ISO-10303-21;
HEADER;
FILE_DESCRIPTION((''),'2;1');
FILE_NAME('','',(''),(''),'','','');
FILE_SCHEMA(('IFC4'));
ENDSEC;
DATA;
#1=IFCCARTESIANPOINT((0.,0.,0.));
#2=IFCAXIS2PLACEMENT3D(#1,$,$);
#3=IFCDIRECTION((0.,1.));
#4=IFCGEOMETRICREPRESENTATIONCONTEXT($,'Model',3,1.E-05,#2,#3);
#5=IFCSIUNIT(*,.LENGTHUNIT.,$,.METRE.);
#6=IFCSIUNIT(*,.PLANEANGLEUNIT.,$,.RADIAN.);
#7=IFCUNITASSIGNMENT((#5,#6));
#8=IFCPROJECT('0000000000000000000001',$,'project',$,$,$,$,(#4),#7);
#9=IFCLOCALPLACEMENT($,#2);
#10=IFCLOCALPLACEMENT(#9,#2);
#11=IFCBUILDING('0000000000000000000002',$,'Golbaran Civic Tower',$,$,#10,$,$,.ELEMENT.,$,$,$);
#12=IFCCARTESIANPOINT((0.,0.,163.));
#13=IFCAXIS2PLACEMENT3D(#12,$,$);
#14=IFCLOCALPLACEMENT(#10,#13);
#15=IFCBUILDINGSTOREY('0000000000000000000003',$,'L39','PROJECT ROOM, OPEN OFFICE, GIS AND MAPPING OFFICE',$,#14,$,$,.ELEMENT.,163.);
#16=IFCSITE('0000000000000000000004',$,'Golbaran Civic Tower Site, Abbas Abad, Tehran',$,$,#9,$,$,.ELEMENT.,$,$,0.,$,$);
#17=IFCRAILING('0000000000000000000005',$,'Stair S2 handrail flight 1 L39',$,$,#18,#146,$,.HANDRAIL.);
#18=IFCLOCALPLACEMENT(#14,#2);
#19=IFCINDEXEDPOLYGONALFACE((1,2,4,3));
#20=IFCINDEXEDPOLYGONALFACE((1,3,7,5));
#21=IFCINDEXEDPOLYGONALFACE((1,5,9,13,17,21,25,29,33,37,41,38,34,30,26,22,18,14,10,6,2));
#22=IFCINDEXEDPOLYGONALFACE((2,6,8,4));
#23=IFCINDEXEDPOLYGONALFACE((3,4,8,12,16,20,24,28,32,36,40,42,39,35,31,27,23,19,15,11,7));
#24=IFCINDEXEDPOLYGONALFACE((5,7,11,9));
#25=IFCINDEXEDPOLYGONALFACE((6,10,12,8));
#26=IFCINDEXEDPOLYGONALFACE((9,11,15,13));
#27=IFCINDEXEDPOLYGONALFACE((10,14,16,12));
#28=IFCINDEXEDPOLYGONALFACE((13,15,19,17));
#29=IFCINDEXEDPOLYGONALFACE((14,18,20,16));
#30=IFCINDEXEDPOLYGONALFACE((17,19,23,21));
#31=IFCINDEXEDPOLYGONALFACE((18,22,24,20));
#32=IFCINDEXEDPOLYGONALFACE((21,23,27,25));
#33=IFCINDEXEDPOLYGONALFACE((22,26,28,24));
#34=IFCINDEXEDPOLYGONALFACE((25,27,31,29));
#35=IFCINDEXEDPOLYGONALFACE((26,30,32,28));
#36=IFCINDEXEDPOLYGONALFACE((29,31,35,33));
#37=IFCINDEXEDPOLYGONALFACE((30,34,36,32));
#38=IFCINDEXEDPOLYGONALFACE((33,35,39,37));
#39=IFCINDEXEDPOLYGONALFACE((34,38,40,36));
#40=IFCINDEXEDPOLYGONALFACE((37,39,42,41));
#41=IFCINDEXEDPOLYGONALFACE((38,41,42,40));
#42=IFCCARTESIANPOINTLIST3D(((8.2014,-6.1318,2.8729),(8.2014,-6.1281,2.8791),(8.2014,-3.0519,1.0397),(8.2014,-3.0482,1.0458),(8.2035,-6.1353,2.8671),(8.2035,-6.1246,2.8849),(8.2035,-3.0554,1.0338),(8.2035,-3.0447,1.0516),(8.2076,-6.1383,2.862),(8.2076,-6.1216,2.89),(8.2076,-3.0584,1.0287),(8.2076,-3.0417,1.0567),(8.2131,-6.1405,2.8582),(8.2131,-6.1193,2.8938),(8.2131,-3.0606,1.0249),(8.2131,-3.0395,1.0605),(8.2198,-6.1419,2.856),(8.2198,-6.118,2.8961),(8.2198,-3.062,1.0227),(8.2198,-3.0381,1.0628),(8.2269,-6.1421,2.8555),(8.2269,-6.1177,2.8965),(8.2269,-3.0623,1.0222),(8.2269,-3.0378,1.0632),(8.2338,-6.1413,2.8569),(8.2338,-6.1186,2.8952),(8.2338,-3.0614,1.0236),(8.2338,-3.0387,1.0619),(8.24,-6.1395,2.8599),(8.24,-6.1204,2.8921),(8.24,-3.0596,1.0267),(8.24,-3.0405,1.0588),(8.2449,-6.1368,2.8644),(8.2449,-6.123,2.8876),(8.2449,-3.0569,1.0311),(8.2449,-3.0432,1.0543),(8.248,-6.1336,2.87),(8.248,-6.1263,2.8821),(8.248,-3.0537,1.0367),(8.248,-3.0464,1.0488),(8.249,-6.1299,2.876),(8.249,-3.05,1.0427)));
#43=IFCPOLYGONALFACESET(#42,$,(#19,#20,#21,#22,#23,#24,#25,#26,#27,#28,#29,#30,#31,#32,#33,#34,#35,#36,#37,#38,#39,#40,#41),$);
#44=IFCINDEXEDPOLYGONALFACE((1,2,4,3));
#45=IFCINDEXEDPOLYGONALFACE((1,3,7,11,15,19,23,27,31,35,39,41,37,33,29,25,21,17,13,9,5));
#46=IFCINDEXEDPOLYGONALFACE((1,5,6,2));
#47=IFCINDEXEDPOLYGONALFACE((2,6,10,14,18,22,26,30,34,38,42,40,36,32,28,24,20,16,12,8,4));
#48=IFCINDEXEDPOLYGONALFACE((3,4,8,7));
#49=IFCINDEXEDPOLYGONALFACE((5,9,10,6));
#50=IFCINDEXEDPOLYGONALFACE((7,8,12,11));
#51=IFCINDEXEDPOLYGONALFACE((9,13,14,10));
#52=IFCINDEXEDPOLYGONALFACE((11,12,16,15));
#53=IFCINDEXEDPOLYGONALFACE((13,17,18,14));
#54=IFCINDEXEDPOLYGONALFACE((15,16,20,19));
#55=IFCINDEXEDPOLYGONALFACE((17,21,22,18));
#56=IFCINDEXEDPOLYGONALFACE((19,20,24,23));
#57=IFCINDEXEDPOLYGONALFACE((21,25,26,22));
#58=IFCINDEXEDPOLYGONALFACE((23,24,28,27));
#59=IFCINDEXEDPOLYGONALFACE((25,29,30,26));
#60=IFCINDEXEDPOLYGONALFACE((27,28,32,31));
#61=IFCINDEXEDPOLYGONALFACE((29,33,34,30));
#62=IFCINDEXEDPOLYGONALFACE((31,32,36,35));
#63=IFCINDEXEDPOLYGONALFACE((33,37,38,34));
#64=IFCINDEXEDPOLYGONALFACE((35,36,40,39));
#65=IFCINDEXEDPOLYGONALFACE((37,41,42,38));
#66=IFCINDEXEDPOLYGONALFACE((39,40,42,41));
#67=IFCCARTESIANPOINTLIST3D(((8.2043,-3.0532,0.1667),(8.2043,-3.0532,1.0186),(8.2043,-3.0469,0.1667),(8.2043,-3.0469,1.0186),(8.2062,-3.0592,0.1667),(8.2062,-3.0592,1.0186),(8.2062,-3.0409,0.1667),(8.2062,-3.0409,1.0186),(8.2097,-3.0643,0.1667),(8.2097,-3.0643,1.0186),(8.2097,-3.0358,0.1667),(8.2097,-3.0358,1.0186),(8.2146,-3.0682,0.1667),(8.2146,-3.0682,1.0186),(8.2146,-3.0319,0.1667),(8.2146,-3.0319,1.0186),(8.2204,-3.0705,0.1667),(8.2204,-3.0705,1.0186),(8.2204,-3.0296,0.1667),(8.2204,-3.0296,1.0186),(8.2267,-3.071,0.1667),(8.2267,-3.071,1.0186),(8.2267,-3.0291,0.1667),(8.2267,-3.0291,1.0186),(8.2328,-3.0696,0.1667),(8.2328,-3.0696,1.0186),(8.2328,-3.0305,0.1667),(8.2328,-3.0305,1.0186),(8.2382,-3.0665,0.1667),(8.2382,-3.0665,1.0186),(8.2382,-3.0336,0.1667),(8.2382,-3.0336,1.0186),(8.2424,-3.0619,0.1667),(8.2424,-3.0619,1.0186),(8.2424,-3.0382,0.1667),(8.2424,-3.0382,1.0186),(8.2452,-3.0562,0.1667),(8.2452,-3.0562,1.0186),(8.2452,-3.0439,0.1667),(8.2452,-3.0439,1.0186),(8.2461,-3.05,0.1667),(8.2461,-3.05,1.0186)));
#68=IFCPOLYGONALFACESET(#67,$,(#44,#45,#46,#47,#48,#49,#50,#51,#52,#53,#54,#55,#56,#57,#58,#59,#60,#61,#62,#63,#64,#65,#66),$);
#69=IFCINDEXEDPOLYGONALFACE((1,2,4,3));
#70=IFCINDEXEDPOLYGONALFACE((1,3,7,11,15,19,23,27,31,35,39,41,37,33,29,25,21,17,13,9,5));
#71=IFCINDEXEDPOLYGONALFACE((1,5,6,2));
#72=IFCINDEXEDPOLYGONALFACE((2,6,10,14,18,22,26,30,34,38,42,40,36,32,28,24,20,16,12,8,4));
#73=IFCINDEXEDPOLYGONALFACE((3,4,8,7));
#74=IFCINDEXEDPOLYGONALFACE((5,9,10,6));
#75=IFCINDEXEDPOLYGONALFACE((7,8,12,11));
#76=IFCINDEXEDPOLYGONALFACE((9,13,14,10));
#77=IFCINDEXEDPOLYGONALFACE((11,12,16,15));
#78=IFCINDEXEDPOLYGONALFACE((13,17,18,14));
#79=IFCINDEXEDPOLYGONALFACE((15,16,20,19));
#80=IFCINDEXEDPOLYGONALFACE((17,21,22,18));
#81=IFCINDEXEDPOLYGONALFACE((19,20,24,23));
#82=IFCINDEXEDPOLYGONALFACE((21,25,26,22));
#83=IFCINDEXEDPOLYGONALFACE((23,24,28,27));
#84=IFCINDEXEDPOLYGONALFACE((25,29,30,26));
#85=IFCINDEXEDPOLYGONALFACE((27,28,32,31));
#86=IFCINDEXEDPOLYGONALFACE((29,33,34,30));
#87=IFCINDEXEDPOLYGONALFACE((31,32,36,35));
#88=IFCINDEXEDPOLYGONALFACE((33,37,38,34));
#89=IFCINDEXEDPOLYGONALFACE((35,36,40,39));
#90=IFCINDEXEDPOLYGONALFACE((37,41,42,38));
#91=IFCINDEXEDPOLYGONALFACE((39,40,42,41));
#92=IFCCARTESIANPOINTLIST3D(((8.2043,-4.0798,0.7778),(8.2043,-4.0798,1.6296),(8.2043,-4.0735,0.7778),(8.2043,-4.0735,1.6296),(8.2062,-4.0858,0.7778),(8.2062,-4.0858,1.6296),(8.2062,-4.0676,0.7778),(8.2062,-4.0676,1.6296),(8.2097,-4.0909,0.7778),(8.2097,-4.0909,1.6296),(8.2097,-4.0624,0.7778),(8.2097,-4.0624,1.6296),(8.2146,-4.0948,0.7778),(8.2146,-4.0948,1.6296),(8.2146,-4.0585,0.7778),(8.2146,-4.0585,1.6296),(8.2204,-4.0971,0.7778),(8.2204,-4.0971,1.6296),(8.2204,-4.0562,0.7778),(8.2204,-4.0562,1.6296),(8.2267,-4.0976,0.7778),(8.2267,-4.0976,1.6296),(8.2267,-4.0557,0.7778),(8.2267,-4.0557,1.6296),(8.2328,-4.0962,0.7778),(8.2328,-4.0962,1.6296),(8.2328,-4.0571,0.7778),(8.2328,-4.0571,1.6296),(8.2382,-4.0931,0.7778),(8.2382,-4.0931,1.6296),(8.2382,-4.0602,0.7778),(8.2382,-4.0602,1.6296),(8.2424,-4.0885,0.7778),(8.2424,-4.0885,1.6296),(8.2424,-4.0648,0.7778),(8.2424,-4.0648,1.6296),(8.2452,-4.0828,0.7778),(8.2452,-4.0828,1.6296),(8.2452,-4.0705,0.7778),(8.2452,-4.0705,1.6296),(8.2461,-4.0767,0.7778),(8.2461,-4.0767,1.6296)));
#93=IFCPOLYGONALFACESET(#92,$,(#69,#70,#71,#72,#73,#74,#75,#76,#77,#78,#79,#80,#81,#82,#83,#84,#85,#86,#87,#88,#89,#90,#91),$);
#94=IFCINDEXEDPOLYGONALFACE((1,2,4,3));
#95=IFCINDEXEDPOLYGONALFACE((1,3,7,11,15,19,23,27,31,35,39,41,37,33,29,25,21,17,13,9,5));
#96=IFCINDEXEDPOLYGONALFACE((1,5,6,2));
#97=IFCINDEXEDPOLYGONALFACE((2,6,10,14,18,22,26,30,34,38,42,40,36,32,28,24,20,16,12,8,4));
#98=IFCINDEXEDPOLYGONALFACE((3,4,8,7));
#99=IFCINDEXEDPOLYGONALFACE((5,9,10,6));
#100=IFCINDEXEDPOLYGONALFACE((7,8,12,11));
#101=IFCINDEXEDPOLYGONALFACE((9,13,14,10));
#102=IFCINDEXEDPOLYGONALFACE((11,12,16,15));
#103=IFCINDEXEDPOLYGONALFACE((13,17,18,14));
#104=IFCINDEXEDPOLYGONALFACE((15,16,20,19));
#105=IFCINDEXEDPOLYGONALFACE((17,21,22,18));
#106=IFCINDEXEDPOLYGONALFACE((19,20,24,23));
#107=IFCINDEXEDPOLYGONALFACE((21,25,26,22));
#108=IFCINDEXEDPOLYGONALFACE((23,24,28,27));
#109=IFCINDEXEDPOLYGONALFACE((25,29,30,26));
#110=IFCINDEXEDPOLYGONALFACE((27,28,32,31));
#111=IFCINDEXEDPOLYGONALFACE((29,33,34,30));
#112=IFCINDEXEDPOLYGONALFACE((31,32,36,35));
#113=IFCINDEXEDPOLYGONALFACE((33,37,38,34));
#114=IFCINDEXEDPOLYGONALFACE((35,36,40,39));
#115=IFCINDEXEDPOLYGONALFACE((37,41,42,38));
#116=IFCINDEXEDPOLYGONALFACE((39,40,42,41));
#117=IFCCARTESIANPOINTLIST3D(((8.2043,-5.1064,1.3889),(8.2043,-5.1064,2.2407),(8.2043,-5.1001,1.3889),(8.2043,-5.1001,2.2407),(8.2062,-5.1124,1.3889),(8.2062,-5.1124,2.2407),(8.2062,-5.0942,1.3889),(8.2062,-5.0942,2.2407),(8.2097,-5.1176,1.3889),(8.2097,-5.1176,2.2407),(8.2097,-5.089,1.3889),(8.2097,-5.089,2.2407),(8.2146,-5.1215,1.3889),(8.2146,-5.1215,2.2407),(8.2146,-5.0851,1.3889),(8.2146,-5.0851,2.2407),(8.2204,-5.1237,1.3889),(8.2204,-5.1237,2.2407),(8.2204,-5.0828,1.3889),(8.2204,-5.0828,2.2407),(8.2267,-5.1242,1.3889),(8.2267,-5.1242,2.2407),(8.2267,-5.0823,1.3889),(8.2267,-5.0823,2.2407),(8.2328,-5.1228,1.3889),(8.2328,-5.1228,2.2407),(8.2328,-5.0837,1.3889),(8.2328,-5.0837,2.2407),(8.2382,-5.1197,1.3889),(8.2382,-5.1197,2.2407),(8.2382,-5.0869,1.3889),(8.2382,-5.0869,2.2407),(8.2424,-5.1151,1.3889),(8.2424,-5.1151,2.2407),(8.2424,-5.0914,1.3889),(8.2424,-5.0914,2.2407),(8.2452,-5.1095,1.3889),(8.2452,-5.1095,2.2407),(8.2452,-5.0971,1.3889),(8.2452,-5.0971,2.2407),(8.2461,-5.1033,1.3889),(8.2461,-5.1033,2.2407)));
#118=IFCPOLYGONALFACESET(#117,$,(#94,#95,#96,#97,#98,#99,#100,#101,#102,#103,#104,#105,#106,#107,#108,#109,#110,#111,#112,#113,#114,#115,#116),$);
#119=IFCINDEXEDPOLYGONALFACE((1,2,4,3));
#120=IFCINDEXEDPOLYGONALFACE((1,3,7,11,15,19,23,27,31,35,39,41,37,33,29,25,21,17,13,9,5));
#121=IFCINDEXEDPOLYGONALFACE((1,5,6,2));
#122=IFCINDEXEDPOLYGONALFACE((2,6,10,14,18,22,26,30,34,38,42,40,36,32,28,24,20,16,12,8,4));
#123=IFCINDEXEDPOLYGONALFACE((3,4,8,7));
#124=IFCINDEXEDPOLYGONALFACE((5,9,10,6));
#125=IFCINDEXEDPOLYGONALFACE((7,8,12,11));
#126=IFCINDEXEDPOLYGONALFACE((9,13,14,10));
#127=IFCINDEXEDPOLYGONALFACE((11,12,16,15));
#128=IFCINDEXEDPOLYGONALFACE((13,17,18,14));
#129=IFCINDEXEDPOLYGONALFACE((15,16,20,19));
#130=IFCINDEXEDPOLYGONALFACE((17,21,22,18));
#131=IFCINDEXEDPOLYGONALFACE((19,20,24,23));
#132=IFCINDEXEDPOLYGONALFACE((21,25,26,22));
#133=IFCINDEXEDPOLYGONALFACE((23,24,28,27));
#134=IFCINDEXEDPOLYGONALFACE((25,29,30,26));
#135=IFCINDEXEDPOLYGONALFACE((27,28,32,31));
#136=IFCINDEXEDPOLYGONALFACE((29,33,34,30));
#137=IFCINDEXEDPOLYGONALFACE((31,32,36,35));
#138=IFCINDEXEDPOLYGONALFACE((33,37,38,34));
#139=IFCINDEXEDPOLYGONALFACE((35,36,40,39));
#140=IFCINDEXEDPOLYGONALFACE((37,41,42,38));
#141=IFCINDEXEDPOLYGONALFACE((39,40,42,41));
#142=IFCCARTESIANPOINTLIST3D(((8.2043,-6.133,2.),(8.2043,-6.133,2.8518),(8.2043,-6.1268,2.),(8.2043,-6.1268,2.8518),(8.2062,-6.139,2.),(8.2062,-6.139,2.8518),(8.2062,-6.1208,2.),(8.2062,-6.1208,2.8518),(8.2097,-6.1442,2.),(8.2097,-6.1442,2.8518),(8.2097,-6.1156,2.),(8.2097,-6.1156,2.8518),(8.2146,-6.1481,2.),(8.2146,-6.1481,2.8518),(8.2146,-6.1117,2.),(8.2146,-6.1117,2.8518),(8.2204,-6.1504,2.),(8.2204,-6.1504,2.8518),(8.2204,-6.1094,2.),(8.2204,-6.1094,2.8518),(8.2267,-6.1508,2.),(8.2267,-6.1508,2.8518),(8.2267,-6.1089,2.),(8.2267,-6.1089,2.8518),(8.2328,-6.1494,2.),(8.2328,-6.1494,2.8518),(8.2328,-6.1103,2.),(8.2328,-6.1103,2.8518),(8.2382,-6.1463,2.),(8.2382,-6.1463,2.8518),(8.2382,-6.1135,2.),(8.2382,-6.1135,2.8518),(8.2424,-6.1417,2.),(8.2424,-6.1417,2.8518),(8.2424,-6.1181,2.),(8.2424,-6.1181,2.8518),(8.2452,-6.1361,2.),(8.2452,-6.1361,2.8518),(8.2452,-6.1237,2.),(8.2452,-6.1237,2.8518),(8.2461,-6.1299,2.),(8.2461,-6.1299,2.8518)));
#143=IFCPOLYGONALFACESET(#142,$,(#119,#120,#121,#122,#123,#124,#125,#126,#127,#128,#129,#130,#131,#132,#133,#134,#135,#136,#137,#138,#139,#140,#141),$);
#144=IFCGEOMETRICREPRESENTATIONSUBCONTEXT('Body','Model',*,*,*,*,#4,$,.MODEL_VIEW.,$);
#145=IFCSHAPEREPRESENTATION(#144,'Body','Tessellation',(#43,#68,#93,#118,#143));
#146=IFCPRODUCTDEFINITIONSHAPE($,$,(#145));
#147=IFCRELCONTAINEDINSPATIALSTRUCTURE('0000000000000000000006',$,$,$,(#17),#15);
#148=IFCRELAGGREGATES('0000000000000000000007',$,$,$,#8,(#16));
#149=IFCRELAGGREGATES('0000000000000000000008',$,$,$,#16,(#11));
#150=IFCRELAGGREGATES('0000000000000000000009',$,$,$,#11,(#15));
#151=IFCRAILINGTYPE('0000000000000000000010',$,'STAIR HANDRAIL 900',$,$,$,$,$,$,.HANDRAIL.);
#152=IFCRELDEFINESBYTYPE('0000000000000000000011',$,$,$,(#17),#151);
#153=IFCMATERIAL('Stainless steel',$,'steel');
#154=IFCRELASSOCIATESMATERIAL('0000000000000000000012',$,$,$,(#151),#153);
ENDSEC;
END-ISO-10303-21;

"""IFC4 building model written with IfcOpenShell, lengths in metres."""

from ifc_helpers import new_model, si_unit, direction, frame, origin, origin_2d, place, context, subcontext, project, spatial, circle, extrude, material, type_object, element, save


model = new_model("IFC4")

# Units and contexts
model_context = context("Model", 3, precision=1e-05, world=origin(), true_north=direction((0.0, 1.0)))
body_context = subcontext(model_context, "Body", "Model", "MODEL_VIEW")
ifc_project = project(units=[si_unit("LENGTHUNIT", "METRE"), si_unit("PLANEANGLEUNIT", "RADIAN")], contexts=[model_context])

# Site, building, storey
site_placement = place(None, origin())
site = spatial("IfcSite", under=ifc_project, at=site_placement, Name="Golbaran Civic Tower Site, Abbas Abad, Tehran", CompositionType="ELEMENT", RefElevation=0.0)
building_placement = place(site_placement, origin())
building = spatial("IfcBuilding", under=site, at=building_placement, Name="Golbaran Civic Tower", CompositionType="ELEMENT")
storey_placement = place(building_placement, frame((0.0, 0.0, 163.0)))
storey = spatial("IfcBuildingStorey", under=building, at=storey_placement, Name="L39", Description="PROJECT ROOM, OPEN OFFICE, GIS AND MAPPING OFFICE", CompositionType="ELEMENT", Elevation=163.0)

# Shared definitions
ifc_material_1 = material(Name="Stainless steel", Category="steel")

# Railing
railing_type = type_object("IfcRailingType", Name="STAIR HANDRAIL 900", PredefinedType="HANDRAIL", material=ifc_material_1)
railing_1_placement = place(storey_placement, frame((8.2251, -3.05, 0.1667)))
element("IfcRailing", 1, at=railing_1_placement, inside=storey, type_object=railing_type, Name="Stair S2 handrail flight 1 L39", PredefinedType="HANDRAIL", context=body_context, shape_type="SweptSolid", body=[
    extrude(circle(Radius=0.0239, at=origin_2d()), frame((0.0, 0.0, 0.876), z_axis=(0.0, -0.859291, 0.511487), x_axis=(1.0, 0.0, 0.0)), (0.0, 0.0, 1.0), 3.5842),
    extrude(circle(Radius=0.021, at=origin_2d()), origin(), (0.0, 0.0, 1.0), 0.8518),
    extrude(circle(Radius=0.021, at=origin_2d()), frame((0.0, -1.0266, 0.6111)), (0.0, 0.0, 1.0), 0.8518),
    extrude(circle(Radius=0.021, at=origin_2d()), frame((0.0, -2.0532, 1.2222)), (0.0, 0.0, 1.0), 0.8518),
    extrude(circle(Radius=0.021, at=origin_2d()), frame((0.0, -3.0798, 1.8333)), (0.0, 0.0, 1.0), 0.8518),
])

save(model, "model.ifc")
